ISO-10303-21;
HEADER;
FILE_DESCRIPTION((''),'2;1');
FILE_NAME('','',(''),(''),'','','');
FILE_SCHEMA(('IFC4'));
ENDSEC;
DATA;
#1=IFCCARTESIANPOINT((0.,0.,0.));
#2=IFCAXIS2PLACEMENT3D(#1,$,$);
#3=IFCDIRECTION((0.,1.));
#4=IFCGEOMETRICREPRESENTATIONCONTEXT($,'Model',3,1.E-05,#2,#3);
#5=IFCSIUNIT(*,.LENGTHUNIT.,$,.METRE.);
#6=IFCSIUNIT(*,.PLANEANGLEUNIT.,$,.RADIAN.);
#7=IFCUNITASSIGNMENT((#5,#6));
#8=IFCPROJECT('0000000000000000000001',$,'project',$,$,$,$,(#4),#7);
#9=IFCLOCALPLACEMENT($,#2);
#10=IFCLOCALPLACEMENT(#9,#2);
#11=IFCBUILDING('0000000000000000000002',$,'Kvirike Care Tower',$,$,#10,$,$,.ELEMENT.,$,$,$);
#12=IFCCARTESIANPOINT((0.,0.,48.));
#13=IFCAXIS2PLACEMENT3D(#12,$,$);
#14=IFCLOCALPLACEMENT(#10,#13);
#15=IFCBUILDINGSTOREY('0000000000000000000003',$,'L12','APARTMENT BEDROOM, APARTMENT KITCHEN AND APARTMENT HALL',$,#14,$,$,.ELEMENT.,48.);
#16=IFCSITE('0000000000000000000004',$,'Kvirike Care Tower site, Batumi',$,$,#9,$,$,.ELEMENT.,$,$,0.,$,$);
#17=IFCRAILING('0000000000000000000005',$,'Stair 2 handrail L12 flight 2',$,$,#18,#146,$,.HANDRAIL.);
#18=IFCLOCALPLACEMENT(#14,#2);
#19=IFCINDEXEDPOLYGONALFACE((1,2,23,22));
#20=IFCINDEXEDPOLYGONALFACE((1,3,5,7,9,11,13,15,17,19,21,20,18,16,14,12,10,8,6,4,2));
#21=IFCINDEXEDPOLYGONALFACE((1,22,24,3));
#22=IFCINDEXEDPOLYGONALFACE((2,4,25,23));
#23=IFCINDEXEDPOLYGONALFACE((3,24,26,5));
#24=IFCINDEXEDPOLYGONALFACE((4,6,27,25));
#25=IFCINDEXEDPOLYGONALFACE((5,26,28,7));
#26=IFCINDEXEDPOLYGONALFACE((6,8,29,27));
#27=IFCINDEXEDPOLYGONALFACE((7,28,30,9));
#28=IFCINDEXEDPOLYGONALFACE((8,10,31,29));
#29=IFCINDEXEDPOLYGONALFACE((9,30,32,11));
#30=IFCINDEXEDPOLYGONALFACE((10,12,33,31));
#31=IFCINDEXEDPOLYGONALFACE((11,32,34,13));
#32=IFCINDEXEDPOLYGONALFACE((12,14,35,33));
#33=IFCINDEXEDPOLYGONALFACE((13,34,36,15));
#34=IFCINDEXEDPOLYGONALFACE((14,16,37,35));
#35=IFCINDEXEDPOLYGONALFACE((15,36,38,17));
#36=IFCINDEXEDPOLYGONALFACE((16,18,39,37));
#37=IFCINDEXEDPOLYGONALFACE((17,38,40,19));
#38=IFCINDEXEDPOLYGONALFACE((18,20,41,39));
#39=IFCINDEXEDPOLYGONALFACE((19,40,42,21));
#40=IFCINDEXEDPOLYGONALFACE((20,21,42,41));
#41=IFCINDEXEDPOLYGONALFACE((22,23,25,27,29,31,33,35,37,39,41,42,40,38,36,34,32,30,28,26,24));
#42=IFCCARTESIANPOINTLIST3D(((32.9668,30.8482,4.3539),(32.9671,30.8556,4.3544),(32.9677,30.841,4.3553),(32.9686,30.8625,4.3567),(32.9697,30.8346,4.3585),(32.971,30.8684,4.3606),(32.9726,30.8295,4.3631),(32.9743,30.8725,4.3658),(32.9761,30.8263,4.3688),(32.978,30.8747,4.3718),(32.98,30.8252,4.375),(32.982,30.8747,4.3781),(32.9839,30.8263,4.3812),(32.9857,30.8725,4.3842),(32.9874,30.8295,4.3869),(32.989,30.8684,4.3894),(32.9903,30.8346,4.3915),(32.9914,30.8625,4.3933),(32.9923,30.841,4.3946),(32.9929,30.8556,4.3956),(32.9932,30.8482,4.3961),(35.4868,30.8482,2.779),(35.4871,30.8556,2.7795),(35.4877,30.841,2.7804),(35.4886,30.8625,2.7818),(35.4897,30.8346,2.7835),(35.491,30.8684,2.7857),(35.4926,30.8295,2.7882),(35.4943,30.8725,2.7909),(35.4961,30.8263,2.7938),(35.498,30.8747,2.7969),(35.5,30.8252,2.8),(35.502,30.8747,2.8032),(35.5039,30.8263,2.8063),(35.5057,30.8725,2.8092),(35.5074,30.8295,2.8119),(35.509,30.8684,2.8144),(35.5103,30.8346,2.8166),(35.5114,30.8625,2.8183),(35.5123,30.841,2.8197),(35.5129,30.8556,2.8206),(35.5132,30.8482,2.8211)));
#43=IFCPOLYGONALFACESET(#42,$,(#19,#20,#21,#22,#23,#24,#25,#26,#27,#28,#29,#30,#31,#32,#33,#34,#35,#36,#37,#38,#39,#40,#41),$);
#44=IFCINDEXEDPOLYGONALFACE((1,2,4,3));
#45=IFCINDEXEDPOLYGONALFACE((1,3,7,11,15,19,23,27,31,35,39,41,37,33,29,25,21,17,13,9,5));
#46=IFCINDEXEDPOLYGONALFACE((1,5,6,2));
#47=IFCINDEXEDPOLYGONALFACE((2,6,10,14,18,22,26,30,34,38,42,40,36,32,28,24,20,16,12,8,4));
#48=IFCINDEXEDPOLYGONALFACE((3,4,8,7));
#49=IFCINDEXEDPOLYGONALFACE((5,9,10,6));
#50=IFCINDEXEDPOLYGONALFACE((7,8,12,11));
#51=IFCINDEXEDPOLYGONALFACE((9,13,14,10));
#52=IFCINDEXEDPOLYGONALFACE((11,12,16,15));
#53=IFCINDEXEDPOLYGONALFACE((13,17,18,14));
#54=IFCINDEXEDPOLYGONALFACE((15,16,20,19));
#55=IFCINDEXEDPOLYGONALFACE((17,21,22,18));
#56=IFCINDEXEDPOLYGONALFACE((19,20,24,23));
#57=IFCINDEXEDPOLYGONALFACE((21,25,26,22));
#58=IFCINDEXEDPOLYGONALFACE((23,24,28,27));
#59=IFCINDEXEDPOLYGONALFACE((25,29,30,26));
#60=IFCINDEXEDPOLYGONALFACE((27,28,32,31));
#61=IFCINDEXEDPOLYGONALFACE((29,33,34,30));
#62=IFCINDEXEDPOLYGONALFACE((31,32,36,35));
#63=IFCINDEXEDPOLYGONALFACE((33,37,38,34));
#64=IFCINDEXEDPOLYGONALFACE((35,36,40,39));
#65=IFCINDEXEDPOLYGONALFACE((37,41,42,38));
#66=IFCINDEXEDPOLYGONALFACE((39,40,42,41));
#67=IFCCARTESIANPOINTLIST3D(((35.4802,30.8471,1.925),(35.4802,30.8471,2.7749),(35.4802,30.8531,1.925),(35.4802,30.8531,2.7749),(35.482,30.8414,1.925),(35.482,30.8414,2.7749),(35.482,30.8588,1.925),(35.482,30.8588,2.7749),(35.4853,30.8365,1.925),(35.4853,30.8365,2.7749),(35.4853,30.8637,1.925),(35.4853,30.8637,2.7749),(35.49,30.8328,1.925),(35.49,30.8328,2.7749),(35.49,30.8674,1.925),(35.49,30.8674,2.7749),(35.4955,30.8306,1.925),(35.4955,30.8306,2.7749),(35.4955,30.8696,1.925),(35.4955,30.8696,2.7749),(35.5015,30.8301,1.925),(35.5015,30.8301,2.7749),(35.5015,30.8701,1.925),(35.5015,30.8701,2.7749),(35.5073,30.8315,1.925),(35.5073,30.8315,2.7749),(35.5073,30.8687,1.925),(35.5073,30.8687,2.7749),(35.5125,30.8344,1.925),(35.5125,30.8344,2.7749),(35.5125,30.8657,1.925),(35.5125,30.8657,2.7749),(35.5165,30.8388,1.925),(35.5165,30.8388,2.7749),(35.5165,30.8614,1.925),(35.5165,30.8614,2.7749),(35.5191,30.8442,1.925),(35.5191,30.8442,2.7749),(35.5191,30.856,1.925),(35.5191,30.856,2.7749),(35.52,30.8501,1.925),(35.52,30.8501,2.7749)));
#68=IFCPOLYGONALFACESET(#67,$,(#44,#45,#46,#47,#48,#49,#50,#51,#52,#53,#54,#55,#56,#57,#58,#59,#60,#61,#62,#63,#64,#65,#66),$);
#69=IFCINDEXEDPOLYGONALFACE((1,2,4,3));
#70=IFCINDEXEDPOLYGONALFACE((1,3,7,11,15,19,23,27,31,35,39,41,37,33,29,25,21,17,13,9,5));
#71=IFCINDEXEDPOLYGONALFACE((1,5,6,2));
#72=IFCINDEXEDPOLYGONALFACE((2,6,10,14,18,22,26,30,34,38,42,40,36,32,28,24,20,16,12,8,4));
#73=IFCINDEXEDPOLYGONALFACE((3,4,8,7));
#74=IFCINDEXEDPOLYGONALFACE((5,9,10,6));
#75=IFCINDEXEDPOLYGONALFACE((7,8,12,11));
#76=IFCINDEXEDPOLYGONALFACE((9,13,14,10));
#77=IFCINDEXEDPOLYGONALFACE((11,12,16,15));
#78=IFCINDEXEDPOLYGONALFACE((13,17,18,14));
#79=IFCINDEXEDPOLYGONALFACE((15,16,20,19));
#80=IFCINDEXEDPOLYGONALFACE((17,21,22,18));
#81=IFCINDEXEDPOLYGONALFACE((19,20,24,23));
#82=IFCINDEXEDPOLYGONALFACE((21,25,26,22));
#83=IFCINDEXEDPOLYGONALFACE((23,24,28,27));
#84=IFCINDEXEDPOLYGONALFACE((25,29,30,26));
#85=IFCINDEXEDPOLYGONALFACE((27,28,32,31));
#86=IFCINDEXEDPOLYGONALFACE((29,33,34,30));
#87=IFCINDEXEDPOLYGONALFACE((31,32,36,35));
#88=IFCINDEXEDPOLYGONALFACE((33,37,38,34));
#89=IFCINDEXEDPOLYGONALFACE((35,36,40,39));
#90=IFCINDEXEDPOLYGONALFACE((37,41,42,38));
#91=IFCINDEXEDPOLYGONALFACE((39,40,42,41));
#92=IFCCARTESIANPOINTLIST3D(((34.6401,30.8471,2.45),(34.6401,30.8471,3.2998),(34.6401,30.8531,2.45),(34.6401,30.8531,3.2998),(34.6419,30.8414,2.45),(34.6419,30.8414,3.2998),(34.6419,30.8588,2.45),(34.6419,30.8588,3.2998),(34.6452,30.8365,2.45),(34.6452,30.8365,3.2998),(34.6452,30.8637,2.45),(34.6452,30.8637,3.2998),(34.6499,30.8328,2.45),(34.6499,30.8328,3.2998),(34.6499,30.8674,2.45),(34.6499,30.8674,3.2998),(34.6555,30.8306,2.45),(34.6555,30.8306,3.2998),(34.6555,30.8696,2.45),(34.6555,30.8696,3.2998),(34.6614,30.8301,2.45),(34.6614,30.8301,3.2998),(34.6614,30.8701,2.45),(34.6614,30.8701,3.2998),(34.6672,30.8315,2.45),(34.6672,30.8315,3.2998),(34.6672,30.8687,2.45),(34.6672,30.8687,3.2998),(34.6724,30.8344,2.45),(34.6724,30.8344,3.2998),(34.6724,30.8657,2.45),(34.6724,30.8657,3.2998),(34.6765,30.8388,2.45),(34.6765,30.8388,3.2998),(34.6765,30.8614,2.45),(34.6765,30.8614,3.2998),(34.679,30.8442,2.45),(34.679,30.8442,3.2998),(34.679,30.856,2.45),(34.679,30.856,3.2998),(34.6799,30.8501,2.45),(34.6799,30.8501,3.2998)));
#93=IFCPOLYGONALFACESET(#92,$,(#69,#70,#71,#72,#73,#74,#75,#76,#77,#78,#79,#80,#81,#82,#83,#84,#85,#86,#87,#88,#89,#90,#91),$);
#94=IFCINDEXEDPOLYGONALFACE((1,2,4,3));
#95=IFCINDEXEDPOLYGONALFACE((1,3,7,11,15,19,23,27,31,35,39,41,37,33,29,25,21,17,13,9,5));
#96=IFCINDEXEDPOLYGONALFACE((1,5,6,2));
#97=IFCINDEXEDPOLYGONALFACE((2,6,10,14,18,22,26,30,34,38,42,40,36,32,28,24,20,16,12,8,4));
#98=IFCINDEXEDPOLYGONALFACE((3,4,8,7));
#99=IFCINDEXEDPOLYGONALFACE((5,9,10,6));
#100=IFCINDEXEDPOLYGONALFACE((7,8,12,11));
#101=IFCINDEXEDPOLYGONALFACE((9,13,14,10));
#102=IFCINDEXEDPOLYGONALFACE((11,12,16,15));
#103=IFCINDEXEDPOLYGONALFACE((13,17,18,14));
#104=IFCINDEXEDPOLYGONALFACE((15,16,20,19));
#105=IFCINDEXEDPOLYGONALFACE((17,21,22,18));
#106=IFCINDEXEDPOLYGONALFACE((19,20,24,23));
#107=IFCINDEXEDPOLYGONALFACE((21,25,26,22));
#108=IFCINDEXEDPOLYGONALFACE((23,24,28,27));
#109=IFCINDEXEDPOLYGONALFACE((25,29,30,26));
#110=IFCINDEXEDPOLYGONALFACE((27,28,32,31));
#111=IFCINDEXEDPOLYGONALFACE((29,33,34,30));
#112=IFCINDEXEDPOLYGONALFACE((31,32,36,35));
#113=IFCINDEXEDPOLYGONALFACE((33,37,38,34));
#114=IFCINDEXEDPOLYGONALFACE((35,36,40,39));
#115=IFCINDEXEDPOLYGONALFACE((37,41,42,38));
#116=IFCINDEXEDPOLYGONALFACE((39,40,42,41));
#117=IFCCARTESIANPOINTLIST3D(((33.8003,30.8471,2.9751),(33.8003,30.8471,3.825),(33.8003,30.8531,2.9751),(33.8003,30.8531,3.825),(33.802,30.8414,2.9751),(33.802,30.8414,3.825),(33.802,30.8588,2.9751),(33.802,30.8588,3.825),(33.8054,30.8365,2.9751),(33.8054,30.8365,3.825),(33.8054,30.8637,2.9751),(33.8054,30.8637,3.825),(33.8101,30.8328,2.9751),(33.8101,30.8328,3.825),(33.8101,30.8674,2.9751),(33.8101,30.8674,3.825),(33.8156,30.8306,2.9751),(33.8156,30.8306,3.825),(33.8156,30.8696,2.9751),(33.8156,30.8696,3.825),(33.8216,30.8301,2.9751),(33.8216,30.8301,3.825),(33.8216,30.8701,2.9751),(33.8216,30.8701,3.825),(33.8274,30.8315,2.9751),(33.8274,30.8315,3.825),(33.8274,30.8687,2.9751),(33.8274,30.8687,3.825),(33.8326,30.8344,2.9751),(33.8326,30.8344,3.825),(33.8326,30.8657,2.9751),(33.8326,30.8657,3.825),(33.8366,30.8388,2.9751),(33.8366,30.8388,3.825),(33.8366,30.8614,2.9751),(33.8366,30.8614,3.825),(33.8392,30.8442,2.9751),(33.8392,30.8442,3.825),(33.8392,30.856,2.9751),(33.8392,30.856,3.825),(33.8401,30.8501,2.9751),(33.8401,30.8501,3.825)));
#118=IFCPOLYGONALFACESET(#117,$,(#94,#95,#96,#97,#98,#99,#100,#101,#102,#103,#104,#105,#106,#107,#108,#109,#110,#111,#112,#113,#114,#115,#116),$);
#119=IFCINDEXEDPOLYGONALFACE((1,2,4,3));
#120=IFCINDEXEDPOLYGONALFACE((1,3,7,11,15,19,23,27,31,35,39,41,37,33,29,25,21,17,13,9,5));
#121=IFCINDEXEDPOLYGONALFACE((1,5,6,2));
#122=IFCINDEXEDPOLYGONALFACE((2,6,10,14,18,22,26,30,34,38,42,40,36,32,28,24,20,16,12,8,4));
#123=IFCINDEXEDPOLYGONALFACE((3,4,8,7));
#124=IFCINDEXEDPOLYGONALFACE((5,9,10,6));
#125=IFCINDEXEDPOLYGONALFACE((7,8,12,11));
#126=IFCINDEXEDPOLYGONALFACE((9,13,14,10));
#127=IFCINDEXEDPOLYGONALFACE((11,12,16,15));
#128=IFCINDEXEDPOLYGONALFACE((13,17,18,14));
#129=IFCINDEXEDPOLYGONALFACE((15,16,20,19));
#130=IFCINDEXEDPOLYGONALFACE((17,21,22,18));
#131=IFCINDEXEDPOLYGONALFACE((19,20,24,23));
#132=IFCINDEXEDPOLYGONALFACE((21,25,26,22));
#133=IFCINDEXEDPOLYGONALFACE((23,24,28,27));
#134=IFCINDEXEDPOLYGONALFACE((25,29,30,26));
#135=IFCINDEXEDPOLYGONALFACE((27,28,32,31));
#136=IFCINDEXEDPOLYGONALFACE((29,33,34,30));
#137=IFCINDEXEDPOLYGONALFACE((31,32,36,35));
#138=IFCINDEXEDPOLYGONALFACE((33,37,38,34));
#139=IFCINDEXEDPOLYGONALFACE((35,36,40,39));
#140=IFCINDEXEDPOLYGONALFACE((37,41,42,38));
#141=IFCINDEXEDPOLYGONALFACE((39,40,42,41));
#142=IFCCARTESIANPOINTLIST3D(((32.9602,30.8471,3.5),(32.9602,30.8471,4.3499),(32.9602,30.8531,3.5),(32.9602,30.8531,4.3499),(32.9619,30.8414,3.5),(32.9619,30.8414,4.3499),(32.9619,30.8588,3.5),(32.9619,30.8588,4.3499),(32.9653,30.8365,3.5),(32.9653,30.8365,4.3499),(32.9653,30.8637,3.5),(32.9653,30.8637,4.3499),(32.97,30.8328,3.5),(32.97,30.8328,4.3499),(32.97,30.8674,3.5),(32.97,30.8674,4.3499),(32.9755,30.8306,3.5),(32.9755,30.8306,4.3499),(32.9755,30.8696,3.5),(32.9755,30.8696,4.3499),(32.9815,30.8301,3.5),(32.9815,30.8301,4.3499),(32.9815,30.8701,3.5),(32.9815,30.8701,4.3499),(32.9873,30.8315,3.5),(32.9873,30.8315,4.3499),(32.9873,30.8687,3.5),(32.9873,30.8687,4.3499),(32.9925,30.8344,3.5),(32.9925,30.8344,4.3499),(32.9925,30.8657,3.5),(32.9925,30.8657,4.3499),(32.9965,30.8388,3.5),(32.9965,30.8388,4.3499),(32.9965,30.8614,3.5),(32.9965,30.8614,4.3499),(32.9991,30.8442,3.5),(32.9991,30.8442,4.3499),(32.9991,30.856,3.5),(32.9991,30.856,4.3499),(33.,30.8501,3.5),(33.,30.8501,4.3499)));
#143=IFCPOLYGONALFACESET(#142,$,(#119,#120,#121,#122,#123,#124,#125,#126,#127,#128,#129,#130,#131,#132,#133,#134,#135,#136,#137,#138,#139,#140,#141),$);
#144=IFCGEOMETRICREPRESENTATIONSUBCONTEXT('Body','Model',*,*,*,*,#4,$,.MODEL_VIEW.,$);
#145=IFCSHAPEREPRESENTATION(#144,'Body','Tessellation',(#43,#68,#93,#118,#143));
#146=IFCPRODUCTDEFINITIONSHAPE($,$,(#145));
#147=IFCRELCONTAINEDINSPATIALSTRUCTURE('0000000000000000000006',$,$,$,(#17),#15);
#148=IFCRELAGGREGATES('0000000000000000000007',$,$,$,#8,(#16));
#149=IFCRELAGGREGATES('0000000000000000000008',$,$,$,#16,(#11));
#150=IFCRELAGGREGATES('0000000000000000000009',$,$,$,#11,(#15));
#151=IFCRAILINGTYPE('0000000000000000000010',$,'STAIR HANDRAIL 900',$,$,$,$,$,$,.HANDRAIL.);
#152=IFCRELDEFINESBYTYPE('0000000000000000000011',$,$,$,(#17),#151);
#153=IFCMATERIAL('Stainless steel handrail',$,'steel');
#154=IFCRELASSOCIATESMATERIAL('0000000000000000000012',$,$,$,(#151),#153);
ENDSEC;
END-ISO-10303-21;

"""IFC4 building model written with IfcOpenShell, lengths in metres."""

from ifc_helpers import new_model, si_unit, direction, frame, origin, origin_2d, place, context, subcontext, project, spatial, circle, extrude, material, type_object, element, save


model = new_model("IFC4")

# Units and contexts
model_context = context("Model", 3, precision=1e-05, world=origin(), true_north=direction((0.0, 1.0)))
body_context = subcontext(model_context, "Body", "Model", "MODEL_VIEW")
ifc_project = project(units=[si_unit("LENGTHUNIT", "METRE"), si_unit("PLANEANGLEUNIT", "RADIAN")], contexts=[model_context])

# Site, building, storey
site_placement = place(None, origin())
site = spatial("IfcSite", under=ifc_project, at=site_placement, Name="Kvirike Care Tower site, Batumi", CompositionType="ELEMENT", RefElevation=0.0)
building_placement = place(site_placement, origin())
building = spatial("IfcBuilding", under=site, at=building_placement, Name="Kvirike Care Tower", CompositionType="ELEMENT")
storey_placement = place(building_placement, frame((0.0, 0.0, 48.0)))
storey = spatial("IfcBuildingStorey", under=building, at=storey_placement, Name="L12", Description="APARTMENT BEDROOM, APARTMENT KITCHEN AND APARTMENT HALL", CompositionType="ELEMENT", Elevation=48.0)

# Railing
ifc_material_1 = material(Name="Stainless steel handrail", Category="steel")
railing_type = type_object("IfcRailingType", Name="STAIR HANDRAIL 900", PredefinedType="HANDRAIL", material=ifc_material_1)
railing_placement = place(storey_placement, frame((35.5, 30.8501, 1.925)))
element("IfcRailing", 1, at=railing_placement, inside=storey, type_object=railing_type, Name="Stair 2 handrail L12 flight 2", PredefinedType="HANDRAIL", context=body_context, shape_type="SweptSolid", body=[
    extrude(circle(Radius=0.0249, at=origin_2d()), frame((0.0, 0.0, 0.875), z_axis=(-0.848008, 0.0, 0.529984), x_axis=(0.0, -1.0, 0.0)), (0.0, 0.0, 1.0), 2.9717),
    extrude(circle(Radius=0.02, at=origin_2d()), origin(), (0.0, 0.0, 1.0), 0.8499),
    extrude(circle(Radius=0.02, at=origin_2d()), frame((-0.8401, 0.0, 0.5249)), (0.0, 0.0, 1.0), 0.8499),
    extrude(circle(Radius=0.02, at=origin_2d()), frame((-1.6799, 0.0, 1.05)), (0.0, 0.0, 1.0), 0.8499),
    extrude(circle(Radius=0.02, at=origin_2d()), frame((-2.52, 0.0, 1.575)), (0.0, 0.0, 1.0), 0.8499),
])

save(model, "model.ifc")
